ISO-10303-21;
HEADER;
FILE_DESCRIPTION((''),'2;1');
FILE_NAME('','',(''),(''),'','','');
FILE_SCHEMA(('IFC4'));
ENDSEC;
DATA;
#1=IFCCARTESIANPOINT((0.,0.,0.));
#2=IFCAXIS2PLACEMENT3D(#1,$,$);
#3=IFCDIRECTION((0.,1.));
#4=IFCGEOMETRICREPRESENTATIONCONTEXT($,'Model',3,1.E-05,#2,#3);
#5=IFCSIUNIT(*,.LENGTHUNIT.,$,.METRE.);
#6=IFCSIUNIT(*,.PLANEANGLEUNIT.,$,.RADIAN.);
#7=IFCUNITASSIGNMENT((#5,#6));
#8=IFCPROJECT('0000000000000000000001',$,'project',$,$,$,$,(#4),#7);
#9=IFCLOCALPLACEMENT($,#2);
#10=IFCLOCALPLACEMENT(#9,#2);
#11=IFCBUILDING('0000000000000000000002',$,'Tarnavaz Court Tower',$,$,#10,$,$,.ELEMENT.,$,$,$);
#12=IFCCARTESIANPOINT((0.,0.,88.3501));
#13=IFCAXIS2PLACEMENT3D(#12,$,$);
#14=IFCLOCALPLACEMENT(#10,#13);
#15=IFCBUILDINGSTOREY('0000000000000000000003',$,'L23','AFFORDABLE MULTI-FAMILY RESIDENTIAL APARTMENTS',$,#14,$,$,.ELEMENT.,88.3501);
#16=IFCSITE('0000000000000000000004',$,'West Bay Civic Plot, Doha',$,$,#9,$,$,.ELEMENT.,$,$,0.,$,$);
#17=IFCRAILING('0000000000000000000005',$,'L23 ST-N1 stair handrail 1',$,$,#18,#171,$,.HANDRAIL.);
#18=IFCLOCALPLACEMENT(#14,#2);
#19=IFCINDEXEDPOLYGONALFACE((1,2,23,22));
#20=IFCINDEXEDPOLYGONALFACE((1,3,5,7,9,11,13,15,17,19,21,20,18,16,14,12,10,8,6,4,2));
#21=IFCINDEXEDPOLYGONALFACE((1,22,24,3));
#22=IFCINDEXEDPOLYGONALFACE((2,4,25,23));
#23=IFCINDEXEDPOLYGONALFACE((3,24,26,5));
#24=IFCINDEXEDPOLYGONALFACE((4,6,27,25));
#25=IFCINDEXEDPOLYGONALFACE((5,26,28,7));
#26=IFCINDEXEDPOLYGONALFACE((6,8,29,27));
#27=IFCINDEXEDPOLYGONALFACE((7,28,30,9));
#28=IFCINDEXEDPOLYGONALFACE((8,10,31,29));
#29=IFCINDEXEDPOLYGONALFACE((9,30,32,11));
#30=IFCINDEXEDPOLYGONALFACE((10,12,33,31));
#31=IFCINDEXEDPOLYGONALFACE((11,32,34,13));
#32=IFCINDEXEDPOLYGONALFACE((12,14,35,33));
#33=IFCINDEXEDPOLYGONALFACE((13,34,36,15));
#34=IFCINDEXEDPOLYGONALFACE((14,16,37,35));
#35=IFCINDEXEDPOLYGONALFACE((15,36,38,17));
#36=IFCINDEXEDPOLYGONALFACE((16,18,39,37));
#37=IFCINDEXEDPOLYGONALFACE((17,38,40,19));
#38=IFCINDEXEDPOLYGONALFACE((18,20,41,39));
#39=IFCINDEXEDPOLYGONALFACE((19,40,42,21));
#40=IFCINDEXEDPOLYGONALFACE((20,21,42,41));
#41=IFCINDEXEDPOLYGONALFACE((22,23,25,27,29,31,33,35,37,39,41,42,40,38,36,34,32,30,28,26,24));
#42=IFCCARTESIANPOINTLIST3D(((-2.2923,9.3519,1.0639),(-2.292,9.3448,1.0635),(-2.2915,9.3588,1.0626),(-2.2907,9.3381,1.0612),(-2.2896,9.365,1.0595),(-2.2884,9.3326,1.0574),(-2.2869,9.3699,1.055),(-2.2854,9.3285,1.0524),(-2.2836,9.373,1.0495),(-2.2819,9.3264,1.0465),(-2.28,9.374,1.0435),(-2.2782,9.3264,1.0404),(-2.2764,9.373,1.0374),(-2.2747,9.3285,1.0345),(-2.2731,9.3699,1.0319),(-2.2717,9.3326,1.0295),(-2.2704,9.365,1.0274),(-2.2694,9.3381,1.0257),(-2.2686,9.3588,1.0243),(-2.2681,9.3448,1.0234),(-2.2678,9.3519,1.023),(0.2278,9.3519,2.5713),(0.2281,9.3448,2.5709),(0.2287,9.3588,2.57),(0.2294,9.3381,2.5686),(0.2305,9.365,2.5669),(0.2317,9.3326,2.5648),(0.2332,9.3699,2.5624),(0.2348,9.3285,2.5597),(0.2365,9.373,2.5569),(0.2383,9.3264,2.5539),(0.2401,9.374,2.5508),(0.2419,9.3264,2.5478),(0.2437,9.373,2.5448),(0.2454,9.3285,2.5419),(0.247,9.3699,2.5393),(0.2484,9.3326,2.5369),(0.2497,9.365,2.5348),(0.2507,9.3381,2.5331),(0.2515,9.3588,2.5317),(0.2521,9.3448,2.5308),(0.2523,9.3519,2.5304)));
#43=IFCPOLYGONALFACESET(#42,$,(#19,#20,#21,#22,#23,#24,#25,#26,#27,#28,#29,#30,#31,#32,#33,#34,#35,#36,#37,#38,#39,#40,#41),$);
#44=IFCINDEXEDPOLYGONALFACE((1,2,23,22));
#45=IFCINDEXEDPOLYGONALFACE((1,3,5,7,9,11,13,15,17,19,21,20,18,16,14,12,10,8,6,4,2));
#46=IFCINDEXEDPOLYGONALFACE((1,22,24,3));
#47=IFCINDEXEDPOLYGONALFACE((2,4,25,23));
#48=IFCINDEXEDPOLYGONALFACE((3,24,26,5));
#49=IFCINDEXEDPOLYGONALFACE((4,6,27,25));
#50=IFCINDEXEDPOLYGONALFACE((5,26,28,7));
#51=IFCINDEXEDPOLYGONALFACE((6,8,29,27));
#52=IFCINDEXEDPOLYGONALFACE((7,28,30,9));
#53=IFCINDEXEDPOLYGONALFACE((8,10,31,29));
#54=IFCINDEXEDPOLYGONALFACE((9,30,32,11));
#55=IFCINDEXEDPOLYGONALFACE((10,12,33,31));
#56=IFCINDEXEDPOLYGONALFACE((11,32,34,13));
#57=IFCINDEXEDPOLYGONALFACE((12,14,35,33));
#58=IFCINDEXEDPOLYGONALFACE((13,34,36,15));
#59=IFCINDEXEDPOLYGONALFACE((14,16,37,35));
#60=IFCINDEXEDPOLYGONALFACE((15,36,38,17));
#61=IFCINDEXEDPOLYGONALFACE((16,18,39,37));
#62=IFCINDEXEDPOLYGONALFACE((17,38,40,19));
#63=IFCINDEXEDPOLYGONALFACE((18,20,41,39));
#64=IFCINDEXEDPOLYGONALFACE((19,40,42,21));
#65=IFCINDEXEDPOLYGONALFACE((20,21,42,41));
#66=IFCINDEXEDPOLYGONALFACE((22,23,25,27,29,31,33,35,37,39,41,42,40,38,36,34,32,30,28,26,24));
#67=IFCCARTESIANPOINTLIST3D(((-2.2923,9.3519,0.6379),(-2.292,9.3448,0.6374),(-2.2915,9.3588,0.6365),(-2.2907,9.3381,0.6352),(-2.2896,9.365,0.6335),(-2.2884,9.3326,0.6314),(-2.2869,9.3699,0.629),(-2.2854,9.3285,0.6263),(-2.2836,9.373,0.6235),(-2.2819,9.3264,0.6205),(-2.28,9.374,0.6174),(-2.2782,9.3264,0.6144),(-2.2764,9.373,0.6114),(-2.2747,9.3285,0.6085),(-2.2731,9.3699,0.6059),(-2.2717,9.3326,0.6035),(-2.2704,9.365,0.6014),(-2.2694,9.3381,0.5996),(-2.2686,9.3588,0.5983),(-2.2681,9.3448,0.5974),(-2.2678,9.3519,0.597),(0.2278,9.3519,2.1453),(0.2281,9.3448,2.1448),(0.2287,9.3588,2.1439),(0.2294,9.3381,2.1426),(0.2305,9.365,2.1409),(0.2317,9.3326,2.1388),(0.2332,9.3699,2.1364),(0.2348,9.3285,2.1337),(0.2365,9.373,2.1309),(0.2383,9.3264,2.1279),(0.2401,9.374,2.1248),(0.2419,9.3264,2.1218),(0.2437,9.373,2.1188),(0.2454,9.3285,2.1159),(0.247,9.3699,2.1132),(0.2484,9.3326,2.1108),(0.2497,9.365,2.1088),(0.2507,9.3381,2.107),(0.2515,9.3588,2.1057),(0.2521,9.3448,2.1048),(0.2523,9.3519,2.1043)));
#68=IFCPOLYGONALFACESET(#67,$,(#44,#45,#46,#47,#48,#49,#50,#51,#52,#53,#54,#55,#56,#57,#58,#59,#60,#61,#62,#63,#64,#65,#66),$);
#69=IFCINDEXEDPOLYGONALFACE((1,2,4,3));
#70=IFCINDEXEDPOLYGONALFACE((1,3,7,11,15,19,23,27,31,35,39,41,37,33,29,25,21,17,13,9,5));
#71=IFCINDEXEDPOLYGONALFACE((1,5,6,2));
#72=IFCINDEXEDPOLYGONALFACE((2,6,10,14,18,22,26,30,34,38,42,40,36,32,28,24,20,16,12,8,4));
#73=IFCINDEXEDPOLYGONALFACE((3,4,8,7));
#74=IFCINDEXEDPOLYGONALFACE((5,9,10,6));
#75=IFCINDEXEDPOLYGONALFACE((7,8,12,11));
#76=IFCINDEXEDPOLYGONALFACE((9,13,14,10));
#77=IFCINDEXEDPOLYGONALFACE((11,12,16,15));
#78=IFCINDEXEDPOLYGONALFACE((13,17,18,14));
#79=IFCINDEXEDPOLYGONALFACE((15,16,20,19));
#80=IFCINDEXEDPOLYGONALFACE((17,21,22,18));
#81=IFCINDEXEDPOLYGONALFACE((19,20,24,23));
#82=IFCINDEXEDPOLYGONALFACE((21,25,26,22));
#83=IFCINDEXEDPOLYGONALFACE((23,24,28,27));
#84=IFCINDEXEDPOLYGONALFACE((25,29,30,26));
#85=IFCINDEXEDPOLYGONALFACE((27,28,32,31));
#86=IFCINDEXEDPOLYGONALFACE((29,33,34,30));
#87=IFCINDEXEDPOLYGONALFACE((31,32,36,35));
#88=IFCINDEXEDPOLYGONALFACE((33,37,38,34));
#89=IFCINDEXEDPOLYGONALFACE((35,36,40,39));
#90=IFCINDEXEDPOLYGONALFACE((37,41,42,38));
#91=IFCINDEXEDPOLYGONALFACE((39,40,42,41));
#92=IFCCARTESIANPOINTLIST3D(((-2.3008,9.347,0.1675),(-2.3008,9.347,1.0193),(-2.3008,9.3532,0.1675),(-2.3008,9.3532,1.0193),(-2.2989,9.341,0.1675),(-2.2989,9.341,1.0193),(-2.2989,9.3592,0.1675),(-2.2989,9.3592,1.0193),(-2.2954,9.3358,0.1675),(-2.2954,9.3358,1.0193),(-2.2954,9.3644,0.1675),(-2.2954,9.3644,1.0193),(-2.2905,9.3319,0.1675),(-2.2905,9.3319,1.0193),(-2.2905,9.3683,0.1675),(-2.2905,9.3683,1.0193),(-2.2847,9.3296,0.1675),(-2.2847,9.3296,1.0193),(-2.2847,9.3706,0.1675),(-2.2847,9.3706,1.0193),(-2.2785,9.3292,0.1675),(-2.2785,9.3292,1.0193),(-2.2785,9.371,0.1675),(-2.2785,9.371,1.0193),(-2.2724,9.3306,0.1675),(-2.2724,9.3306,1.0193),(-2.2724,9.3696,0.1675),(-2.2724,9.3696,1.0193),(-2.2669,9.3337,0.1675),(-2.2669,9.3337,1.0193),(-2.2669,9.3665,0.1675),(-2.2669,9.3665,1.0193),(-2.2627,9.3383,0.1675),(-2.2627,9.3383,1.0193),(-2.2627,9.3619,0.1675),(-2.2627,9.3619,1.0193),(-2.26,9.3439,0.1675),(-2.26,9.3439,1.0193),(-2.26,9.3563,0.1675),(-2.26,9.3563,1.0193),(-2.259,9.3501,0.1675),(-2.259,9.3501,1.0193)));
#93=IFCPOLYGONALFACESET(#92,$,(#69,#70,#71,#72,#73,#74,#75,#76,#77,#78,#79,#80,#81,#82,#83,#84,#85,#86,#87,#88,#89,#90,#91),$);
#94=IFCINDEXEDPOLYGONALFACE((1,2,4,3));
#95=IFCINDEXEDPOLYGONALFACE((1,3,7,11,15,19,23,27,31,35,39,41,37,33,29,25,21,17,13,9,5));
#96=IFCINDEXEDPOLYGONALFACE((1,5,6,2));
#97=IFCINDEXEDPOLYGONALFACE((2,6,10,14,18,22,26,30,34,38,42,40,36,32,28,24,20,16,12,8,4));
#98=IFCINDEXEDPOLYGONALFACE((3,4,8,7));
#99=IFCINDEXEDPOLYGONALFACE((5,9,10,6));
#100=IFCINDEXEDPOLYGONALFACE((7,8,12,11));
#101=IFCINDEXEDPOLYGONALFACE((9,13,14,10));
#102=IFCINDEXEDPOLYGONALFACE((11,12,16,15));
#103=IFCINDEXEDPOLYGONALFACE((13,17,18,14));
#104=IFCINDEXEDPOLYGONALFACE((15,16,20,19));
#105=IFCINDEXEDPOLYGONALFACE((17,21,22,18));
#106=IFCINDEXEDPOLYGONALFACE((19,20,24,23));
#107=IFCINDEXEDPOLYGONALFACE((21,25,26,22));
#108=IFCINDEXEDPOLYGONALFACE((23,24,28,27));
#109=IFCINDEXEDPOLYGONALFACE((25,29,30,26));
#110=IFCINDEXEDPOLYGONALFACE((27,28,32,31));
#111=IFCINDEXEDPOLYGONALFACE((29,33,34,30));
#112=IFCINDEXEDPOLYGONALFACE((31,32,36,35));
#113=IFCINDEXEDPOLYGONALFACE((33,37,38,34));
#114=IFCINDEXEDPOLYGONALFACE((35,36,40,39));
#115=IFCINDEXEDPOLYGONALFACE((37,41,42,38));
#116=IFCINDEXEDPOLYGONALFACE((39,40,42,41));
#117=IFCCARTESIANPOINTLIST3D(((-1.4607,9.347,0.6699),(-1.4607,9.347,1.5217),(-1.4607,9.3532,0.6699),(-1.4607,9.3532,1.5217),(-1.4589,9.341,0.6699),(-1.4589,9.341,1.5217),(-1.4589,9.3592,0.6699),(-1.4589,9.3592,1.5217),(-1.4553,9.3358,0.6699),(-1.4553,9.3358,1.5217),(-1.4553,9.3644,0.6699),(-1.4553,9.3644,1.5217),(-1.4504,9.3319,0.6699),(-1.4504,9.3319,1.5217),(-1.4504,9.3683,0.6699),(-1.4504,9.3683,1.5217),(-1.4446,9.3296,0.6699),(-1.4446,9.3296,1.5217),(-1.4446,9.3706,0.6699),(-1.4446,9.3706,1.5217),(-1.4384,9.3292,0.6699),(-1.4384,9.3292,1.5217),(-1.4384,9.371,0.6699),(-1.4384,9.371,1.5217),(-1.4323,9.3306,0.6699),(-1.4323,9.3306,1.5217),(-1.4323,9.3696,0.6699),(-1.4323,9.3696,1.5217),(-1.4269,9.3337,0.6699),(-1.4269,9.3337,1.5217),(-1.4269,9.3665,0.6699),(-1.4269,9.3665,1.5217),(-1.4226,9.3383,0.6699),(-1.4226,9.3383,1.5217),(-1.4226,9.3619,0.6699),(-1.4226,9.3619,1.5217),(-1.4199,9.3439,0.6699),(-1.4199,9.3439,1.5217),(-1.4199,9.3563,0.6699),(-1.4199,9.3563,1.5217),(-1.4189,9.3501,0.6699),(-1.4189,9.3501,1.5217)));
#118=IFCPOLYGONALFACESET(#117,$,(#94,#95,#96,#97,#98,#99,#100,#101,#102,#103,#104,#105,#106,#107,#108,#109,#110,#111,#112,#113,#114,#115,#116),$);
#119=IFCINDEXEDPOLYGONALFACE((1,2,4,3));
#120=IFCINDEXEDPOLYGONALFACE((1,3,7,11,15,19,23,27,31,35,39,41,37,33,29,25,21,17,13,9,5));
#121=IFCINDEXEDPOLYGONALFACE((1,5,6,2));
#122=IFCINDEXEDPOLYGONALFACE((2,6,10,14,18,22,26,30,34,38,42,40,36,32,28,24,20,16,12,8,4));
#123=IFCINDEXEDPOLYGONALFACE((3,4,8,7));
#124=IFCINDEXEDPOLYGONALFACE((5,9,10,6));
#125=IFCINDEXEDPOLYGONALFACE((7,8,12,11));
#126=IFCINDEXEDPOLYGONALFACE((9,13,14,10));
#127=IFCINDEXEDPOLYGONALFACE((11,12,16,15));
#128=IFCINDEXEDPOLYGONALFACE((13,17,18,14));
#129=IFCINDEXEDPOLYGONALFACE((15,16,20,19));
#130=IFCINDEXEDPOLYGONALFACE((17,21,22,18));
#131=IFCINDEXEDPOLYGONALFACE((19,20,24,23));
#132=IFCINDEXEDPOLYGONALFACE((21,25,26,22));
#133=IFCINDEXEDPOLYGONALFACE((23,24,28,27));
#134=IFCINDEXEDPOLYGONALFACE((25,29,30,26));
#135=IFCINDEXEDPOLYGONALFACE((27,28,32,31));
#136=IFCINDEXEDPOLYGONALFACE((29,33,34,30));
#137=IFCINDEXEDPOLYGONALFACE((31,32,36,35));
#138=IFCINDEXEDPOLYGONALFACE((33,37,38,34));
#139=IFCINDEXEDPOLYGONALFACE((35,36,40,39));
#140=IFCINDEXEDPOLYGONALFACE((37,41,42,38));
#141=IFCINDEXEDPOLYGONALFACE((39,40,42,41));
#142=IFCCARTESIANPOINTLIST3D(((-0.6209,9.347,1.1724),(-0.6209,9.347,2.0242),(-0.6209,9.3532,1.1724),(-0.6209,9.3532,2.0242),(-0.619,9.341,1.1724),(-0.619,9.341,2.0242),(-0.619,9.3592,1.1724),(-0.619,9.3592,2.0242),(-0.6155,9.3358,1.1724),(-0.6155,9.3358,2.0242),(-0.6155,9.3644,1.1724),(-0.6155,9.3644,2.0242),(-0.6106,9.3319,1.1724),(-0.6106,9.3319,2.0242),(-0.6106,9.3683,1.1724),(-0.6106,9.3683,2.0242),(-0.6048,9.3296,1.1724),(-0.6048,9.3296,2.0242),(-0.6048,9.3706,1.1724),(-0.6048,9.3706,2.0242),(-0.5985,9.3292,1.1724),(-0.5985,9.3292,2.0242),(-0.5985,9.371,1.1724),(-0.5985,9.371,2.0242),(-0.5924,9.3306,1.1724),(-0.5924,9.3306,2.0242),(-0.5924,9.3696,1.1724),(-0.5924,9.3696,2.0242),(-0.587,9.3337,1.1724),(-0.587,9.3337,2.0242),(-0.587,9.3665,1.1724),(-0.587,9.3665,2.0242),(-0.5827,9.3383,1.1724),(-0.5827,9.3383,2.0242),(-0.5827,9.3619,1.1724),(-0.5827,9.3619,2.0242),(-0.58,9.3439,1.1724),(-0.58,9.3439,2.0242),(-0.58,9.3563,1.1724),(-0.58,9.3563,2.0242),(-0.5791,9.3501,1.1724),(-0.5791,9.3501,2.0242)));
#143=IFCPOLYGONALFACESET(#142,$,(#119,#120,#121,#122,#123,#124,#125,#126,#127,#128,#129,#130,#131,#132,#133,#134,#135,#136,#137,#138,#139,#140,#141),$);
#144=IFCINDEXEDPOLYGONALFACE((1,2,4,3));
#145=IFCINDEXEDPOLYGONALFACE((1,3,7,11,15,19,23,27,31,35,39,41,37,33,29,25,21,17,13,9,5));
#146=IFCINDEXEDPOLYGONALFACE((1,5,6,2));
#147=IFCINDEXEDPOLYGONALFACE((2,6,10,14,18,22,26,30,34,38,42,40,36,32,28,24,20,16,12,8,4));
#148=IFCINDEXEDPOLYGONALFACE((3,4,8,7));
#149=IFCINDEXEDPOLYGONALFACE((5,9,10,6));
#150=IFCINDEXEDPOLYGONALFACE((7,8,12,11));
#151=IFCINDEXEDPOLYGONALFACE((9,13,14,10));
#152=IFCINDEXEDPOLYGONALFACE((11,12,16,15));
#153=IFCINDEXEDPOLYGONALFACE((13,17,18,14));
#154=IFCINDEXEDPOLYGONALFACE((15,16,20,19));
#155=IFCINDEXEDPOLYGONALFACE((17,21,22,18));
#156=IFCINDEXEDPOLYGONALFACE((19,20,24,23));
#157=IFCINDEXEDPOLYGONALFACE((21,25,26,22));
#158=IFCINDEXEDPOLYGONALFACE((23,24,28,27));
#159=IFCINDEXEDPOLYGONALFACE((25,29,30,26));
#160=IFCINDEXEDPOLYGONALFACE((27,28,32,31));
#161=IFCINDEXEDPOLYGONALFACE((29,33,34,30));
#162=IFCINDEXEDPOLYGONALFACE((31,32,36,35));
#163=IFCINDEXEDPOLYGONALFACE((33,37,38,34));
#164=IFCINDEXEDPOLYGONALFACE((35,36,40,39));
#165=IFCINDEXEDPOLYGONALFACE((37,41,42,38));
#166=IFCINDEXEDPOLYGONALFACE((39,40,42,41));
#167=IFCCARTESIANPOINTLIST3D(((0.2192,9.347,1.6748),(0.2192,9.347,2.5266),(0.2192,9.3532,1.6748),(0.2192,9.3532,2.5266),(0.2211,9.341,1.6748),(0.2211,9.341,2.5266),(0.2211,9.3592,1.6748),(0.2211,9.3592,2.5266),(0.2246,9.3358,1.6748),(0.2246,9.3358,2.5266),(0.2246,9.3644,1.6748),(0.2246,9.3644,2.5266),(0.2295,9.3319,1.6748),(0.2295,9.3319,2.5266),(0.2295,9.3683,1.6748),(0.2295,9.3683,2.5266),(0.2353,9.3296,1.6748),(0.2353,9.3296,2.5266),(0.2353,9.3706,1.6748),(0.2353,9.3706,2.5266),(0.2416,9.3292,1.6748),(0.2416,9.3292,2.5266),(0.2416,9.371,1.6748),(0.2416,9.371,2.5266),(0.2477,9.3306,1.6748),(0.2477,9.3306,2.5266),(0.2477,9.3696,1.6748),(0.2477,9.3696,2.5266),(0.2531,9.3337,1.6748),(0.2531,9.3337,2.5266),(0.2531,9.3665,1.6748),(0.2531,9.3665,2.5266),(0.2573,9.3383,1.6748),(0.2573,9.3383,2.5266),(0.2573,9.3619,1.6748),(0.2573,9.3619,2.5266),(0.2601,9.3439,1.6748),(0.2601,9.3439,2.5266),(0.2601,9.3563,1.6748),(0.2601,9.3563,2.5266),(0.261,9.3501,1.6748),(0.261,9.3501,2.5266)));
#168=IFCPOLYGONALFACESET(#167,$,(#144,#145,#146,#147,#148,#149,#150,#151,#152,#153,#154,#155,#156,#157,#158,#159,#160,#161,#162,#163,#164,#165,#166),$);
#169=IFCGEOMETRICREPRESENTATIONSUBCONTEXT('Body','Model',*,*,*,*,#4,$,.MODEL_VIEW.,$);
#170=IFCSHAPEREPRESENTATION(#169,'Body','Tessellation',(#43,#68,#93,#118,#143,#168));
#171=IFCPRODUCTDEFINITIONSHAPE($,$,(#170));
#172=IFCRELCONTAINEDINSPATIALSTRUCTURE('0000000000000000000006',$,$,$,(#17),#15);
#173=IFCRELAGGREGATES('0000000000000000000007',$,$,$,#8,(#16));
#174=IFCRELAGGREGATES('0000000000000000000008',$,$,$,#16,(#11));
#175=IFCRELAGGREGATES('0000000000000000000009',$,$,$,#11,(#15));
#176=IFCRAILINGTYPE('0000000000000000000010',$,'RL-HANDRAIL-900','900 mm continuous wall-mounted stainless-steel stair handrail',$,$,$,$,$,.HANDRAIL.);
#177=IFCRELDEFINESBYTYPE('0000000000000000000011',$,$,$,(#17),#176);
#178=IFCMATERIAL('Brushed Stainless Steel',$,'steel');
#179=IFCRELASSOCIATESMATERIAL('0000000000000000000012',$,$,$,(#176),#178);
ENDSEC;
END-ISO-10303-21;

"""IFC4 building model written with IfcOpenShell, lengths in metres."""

from ifc_helpers import new_model, si_unit, direction, frame, origin, origin_2d, place, context, subcontext, project, spatial, circle, extrude, material, type_object, element, save


model = new_model("IFC4")

# Units and contexts
model_context = context("Model", 3, precision=1e-05, world=origin(), true_north=direction((0.0, 1.0)))
body_context = subcontext(model_context, "Body", "Model", "MODEL_VIEW")
ifc_project = project(units=[si_unit("LENGTHUNIT", "METRE"), si_unit("PLANEANGLEUNIT", "RADIAN")], contexts=[model_context])

# Site, building, storey
site_placement = place(None, origin())
site = spatial("IfcSite", under=ifc_project, at=site_placement, Name="West Bay Civic Plot, Doha", CompositionType="ELEMENT", RefElevation=0.0)
building_placement = place(site_placement, origin())
building = spatial("IfcBuilding", under=site, at=building_placement, Name="Tarnavaz Court Tower", CompositionType="ELEMENT")
storey_placement = place(building_placement, frame((0.0, 0.0, 88.3501)))
storey = spatial("IfcBuildingStorey", under=building, at=storey_placement, Name="L23", Description="AFFORDABLE MULTI-FAMILY RESIDENTIAL APARTMENTS", CompositionType="ELEMENT", Elevation=88.3501)

# Railing
ifc_material_1 = material(Name="Brushed Stainless Steel", Category="steel")
railing_type_1 = type_object("IfcRailingType", Name="RL-HANDRAIL-900", Description="900 mm continuous wall-mounted stainless-steel stair handrail", PredefinedType="HANDRAIL", material=ifc_material_1)
railing_1_placement = place(storey_placement, frame((-2.28, 9.3501, 0.1675)))
element("IfcRailing", 1, at=railing_1_placement, inside=storey, type_object=railing_type_1, Name="L23 ST-N1 stair handrail 1", PredefinedType="HANDRAIL", context=body_context, shape_type="SweptSolid", body=[
    extrude(circle(Radius=0.0239, at=origin_2d()), frame((0.0, 0.0, 0.876), z_axis=(0.858196, 0.0, 0.513321), x_axis=(0.0, 1.0, 0.0)), (0.0, 0.0, 1.0), 2.9365),
    extrude(circle(Radius=0.0239, at=origin_2d()), frame((0.0, 0.0, 0.45), z_axis=(0.858196, 0.0, 0.513321), x_axis=(0.0, 1.0, 0.0)), (0.0, 0.0, 1.0), 2.9365),
    extrude(circle(Radius=0.021, at=origin_2d()), origin(), (0.0, 0.0, 1.0), 0.8518),
    extrude(circle(Radius=0.021, at=origin_2d()), frame((0.8401, 0.0, 0.5024)), (0.0, 0.0, 1.0), 0.8518),
    extrude(circle(Radius=0.021, at=origin_2d()), frame((1.6799, 0.0, 1.0049)), (0.0, 0.0, 1.0), 0.8518),
    extrude(circle(Radius=0.021, at=origin_2d()), frame((2.52, 0.0, 1.5073)), (0.0, 0.0, 1.0), 0.8518),
])

save(model, "model.ifc")
